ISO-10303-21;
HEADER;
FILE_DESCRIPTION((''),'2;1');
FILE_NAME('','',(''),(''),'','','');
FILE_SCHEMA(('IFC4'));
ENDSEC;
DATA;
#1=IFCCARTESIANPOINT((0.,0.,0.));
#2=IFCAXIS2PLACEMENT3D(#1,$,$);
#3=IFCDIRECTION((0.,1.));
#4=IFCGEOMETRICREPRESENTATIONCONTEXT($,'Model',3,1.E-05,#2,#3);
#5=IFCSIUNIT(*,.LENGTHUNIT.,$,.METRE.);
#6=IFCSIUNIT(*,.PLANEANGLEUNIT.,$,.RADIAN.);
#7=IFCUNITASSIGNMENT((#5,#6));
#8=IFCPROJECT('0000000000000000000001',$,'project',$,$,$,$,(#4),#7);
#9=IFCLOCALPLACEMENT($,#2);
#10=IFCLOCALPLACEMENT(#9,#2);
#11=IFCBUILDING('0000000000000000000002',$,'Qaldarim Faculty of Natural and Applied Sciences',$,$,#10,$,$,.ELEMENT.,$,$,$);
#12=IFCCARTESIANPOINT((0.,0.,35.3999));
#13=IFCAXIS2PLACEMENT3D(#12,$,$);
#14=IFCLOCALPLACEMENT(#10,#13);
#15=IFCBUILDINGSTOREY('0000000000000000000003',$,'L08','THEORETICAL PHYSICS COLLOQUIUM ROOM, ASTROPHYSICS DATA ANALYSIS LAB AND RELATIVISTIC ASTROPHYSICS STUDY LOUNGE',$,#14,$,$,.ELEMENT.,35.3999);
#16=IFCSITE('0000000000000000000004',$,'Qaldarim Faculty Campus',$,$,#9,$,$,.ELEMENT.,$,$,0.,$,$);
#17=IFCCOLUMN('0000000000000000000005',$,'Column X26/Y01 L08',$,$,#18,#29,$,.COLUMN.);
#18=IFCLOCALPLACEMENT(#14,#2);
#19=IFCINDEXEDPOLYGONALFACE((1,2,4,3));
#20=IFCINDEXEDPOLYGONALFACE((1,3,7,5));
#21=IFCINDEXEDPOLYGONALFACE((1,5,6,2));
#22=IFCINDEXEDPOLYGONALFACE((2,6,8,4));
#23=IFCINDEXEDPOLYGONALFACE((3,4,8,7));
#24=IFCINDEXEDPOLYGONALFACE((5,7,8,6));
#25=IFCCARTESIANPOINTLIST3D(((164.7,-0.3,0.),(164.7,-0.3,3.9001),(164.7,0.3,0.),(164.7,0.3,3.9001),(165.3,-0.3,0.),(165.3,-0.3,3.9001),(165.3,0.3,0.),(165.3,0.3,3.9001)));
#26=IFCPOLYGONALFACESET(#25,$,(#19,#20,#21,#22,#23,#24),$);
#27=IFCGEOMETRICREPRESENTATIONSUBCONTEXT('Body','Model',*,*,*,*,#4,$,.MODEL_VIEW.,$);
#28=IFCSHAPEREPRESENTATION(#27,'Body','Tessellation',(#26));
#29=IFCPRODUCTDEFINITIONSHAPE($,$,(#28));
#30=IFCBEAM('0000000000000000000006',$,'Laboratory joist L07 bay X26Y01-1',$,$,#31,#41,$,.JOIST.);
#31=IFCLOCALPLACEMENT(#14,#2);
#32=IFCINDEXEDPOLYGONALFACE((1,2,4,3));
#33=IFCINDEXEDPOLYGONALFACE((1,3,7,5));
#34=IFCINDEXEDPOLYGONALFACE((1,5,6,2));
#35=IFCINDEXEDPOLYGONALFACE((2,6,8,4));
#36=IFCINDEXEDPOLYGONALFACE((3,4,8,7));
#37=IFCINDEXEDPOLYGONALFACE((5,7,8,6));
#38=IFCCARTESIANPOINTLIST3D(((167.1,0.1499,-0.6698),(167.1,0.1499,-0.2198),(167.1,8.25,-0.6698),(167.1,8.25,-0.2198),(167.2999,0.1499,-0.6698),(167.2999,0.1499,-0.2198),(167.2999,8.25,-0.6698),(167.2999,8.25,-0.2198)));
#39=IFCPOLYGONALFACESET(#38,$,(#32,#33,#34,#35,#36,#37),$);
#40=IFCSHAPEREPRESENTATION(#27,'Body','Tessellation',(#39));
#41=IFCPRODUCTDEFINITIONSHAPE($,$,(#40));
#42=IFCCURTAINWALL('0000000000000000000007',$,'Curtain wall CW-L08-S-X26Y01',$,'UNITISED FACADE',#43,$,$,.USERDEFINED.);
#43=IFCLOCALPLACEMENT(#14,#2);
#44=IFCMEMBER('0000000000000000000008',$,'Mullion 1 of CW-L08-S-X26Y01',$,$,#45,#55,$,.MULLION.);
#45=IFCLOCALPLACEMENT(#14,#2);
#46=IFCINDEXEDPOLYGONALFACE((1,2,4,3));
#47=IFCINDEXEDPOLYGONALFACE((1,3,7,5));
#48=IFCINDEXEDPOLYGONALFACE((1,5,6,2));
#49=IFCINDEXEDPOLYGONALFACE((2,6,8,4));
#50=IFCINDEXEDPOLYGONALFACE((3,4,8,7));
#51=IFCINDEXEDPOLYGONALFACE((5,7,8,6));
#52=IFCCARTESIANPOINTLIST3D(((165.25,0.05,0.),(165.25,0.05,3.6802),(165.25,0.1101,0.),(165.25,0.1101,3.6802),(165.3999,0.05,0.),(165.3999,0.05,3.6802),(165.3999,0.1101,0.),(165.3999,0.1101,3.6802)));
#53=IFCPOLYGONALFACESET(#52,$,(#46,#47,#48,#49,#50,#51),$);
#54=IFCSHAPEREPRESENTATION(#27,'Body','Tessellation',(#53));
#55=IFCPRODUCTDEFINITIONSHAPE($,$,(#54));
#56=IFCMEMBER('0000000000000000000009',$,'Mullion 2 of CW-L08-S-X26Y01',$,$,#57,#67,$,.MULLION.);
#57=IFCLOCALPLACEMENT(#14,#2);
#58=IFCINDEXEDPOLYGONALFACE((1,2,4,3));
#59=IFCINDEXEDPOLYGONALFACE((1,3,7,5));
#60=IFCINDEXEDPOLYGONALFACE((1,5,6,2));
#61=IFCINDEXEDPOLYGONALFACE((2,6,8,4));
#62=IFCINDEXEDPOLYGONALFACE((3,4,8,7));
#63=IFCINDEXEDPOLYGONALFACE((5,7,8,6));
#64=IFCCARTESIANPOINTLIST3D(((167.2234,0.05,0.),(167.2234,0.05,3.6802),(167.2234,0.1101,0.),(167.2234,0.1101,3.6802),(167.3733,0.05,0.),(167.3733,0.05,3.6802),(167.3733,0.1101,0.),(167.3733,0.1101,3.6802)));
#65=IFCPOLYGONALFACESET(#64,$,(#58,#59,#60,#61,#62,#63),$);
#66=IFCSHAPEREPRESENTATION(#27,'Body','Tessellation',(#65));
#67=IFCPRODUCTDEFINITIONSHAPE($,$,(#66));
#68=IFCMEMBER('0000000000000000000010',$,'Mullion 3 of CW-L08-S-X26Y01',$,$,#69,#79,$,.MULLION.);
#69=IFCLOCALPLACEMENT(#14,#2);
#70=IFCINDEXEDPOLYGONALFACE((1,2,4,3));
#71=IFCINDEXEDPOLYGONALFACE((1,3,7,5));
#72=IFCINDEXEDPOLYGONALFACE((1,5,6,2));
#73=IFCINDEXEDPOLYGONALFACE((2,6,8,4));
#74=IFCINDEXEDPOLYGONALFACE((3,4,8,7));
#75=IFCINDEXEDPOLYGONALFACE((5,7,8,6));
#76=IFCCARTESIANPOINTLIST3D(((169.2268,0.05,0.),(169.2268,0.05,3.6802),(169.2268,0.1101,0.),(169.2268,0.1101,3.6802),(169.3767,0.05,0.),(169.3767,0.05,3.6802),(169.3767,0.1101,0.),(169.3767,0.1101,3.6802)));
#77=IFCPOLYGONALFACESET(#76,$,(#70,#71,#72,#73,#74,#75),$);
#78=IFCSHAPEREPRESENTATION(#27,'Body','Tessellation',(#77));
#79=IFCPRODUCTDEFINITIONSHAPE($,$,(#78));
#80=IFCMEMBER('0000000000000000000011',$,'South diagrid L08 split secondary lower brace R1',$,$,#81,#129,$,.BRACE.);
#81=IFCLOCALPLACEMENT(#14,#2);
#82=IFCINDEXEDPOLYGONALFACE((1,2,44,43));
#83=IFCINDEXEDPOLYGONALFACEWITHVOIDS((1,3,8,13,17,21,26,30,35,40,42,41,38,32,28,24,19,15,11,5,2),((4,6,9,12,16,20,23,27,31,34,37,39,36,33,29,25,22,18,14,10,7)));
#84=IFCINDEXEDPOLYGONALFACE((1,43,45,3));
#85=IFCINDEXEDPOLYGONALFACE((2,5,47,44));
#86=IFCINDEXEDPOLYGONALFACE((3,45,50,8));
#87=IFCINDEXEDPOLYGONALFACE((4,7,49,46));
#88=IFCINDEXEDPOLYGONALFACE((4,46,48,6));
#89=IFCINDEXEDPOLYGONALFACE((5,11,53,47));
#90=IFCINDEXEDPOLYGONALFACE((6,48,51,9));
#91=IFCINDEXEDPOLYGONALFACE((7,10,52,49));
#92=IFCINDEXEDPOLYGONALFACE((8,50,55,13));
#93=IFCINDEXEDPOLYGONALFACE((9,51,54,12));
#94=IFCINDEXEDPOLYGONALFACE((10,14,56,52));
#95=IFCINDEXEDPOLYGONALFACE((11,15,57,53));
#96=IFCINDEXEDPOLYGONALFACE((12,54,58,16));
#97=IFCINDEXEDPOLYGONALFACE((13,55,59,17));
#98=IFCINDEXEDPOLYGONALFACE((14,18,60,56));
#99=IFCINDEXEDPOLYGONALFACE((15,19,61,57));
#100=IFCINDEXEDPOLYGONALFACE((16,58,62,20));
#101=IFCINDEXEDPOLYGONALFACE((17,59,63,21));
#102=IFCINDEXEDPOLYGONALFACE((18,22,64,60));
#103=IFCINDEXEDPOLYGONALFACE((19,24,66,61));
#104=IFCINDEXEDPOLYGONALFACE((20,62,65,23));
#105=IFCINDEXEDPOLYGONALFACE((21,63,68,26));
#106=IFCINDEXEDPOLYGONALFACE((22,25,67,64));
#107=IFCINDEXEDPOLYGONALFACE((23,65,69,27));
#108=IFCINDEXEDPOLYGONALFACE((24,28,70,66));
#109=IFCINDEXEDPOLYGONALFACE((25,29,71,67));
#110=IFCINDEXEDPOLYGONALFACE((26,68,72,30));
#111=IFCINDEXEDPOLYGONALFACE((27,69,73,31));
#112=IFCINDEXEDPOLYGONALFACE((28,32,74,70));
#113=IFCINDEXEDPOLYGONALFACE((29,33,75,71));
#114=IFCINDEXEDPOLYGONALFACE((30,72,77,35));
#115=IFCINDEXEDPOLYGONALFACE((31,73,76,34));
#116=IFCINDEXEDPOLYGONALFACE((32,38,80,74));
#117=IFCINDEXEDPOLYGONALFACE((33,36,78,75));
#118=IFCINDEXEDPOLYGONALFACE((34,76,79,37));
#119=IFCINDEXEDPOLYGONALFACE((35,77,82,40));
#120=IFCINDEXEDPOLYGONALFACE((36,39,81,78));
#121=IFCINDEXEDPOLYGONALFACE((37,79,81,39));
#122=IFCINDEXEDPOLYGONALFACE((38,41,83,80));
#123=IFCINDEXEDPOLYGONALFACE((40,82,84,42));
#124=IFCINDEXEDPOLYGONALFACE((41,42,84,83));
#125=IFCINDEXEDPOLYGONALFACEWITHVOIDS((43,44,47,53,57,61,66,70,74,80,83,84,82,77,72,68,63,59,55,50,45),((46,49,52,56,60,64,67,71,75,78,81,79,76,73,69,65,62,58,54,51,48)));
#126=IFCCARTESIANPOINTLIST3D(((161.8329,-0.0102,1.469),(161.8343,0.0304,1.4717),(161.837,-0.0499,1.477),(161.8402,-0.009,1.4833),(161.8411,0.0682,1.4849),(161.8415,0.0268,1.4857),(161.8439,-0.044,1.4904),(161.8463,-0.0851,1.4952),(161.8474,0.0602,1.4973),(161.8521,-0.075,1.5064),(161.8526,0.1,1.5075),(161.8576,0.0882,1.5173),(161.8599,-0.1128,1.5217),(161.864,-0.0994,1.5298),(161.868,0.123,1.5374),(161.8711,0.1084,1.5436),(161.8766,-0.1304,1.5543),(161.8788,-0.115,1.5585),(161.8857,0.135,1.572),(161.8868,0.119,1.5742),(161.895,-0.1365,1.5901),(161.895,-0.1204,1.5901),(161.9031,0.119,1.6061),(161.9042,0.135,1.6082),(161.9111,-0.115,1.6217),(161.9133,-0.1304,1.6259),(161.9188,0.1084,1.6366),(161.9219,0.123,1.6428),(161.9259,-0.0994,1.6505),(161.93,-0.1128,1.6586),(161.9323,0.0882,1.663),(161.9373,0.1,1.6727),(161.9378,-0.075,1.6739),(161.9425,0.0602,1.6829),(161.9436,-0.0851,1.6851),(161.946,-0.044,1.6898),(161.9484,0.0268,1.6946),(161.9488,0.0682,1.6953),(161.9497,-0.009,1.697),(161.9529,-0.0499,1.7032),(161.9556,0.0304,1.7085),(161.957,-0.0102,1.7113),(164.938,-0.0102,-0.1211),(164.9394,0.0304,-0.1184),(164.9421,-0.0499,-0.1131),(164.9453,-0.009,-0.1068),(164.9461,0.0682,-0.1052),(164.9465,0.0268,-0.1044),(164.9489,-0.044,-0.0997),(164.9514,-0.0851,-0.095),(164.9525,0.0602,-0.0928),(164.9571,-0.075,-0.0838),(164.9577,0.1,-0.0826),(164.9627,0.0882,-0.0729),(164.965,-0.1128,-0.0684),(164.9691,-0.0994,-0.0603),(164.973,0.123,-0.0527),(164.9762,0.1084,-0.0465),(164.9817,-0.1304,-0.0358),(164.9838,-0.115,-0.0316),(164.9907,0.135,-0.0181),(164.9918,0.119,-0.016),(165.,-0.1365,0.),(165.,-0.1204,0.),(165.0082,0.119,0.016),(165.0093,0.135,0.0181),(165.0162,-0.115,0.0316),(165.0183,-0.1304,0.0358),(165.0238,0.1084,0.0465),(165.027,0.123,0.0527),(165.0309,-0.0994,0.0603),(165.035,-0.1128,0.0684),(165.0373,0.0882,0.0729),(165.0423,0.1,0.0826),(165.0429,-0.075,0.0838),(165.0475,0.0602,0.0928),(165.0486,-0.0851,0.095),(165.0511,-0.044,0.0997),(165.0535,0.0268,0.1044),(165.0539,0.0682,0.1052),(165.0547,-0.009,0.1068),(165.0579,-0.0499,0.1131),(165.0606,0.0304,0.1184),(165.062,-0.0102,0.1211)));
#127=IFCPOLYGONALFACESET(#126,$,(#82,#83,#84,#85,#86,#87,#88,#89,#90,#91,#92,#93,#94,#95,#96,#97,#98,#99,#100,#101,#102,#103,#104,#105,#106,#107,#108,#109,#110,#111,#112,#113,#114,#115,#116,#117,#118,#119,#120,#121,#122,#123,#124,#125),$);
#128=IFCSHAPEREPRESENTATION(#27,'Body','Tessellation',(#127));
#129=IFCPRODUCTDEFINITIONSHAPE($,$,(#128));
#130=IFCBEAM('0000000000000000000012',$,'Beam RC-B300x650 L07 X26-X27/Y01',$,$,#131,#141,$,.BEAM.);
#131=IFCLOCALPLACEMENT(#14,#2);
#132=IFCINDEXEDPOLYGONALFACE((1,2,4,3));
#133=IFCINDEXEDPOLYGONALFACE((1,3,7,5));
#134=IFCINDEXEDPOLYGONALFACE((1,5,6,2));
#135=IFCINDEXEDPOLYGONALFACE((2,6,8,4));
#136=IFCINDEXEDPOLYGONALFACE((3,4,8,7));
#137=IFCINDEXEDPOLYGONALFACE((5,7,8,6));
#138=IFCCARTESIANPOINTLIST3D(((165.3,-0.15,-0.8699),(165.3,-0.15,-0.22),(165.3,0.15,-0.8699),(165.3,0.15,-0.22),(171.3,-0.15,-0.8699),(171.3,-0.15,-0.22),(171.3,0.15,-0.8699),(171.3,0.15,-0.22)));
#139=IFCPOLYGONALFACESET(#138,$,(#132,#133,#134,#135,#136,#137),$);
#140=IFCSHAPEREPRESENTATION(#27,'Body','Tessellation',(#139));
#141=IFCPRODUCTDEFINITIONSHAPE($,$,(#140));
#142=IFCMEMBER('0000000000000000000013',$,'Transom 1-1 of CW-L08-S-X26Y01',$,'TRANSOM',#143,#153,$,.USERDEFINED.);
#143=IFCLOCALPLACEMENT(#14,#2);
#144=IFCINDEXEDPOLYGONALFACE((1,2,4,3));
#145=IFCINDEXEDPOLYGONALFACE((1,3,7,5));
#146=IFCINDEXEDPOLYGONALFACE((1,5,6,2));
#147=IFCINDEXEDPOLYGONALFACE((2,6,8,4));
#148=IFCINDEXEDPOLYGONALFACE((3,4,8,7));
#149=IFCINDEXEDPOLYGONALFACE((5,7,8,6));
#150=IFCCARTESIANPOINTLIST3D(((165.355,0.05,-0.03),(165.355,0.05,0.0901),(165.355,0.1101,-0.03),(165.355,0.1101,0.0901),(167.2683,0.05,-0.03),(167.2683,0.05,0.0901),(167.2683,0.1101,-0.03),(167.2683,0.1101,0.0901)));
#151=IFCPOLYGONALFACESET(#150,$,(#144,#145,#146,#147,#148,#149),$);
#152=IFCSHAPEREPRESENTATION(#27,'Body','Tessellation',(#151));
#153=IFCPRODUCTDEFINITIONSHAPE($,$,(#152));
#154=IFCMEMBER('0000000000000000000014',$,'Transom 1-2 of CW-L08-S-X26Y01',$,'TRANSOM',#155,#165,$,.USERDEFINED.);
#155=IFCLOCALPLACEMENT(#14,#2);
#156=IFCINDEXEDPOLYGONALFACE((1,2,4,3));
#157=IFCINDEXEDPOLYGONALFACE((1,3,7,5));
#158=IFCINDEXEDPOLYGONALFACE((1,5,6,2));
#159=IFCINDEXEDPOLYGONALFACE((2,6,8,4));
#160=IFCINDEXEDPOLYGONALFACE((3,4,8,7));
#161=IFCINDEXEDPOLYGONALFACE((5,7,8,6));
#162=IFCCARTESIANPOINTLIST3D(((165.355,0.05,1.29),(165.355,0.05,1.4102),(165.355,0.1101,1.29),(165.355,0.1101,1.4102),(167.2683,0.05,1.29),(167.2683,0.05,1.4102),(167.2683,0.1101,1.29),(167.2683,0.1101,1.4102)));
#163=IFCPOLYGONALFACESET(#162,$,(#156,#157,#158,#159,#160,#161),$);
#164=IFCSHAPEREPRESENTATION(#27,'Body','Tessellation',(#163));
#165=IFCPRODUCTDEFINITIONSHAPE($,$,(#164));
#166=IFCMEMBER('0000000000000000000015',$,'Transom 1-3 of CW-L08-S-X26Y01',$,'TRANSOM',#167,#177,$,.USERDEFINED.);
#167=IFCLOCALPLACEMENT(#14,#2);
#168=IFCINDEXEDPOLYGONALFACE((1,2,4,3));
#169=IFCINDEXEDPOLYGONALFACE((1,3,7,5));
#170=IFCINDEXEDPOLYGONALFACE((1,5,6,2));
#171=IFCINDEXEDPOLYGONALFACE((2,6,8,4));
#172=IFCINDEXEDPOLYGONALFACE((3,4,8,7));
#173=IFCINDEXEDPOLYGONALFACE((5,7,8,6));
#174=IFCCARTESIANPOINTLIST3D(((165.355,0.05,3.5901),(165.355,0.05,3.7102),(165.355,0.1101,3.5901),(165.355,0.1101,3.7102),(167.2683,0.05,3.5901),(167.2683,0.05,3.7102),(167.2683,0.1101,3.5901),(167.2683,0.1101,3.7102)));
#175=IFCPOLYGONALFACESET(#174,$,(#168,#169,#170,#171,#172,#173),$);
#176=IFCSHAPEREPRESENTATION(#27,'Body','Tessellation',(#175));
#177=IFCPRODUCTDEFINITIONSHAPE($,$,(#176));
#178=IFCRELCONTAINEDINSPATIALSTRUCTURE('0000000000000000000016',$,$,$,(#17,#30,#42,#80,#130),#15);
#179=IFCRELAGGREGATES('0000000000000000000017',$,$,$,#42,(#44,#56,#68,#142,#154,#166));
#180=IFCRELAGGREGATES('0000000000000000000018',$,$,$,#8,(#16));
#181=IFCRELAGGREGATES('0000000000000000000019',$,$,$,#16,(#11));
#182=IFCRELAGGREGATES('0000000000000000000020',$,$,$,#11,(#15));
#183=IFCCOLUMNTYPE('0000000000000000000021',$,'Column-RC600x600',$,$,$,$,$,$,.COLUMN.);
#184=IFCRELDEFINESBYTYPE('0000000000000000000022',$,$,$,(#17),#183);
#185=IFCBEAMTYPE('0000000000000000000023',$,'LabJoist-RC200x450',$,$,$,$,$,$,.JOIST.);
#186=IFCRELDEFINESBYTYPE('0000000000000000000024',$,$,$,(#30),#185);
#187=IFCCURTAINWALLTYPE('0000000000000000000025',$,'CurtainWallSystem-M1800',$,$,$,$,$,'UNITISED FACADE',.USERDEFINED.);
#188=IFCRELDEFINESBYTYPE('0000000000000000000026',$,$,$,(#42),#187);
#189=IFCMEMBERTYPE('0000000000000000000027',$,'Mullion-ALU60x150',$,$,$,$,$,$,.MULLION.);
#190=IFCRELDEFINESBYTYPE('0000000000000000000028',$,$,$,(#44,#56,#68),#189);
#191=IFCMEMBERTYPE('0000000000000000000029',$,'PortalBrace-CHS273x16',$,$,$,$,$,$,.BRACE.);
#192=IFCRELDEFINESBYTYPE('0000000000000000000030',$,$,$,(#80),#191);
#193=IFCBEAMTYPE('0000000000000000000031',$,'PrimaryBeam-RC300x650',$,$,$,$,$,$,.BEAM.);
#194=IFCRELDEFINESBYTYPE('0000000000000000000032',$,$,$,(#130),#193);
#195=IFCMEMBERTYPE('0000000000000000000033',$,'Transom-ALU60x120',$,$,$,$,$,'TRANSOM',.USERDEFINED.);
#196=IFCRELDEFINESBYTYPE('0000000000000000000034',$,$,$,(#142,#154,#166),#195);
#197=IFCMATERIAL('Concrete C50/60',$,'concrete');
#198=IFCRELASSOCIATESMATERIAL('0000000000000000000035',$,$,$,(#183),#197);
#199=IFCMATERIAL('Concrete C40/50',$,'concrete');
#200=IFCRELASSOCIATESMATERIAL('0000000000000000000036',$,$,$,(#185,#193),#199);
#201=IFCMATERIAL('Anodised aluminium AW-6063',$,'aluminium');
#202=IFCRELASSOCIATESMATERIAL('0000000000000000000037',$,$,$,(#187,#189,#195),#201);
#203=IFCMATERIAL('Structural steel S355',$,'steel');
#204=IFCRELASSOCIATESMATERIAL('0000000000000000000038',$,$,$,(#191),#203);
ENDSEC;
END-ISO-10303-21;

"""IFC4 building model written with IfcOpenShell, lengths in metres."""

from ifc_helpers import new_model, si_unit, direction, frame, origin, origin_2d, place, context, subcontext, project, spatial, rectangle, hollow_circle, extrude, material, material_profile, profile_set, type_object, element, aggregate, save


model = new_model("IFC4")

# Units and contexts
model_context = context("Model", 3, precision=1e-05, world=origin(), true_north=direction((0.0, 1.0)))
body_context = subcontext(model_context, "Body", "Model", "MODEL_VIEW")
ifc_project = project(units=[si_unit("LENGTHUNIT", "METRE"), si_unit("PLANEANGLEUNIT", "RADIAN")], contexts=[model_context])

# Site, building, storey
site_placement = place(None, origin())
site = spatial("IfcSite", under=ifc_project, at=site_placement, Name="Qaldarim Faculty Campus", CompositionType="ELEMENT", RefElevation=0.0)
building_placement = place(site_placement, origin())
building = spatial("IfcBuilding", under=site, at=building_placement, Name="Qaldarim Faculty of Natural and Applied Sciences", CompositionType="ELEMENT")
storey_placement = place(building_placement, frame((0.0, 0.0, 35.3999)))
storey = spatial("IfcBuildingStorey", under=building, at=storey_placement, Name="L08", Description="THEORETICAL PHYSICS COLLOQUIUM ROOM, ASTROPHYSICS DATA ANALYSIS LAB AND RELATIVISTIC ASTROPHYSICS STUDY LOUNGE", CompositionType="ELEMENT", Elevation=35.3999)

# Column
ifc_material_1 = material(Name="Concrete C50/60", Category="concrete")
ifc_material_profile_1 = material_profile(ifc_material_1, rectangle(XDim=0.6001, YDim=0.6001, at=origin_2d()), Name="RC-C600x600")
ifc_profile_set_1 = profile_set([ifc_material_profile_1], Name="Concrete C50/60")
column_type = type_object("IfcColumnType", Name="Column-RC600x600", PredefinedType="COLUMN", material=ifc_profile_set_1)
column_placement = place(storey_placement, frame((165.0, 0.0, 0.0), z_axis=(0.0, 0.0, 1.0), x_axis=(1.0, 0.0, 0.0)))
element("IfcColumn", 1, at=column_placement, inside=storey, type_object=column_type, Name="Column X26/Y01 L08", PredefinedType="COLUMN", context=body_context, shape_type="SweptSolid", body=[
    extrude(rectangle(XDim=0.6001, YDim=0.6001, at=origin_2d()), origin(), (0.0, 0.0, 1.0), 3.9001),
])

# Beam
ifc_material_2 = material(Name="Concrete C40/50", Category="concrete")
ifc_material_profile_2 = material_profile(ifc_material_2, rectangle(XDim=0.2, YDim=0.45, at=origin_2d()), Name="RC-J200x450")
ifc_profile_set_2 = profile_set([ifc_material_profile_2], Name="Concrete C40/50")
beam_type_1 = type_object("IfcBeamType", Name="LabJoist-RC200x450", PredefinedType="JOIST", material=ifc_profile_set_2)
beam_1_placement = place(storey_placement, frame((167.2, 0.1499, -0.4448), z_axis=(0.0, 1.0, 0.0), x_axis=(-1.0, 0.0, 0.0)))
element("IfcBeam", 2, at=beam_1_placement, inside=storey, type_object=beam_type_1, Name="Laboratory joist L07 bay X26Y01-1", PredefinedType="JOIST", context=body_context, shape_type="SweptSolid", body=[
    extrude(rectangle(XDim=0.2, YDim=0.45, at=origin_2d()), origin(), (0.0, 0.0, 1.0), 8.1001),
])

# Curtain wall, members
ifc_material_3 = material(Name="Anodised aluminium AW-6063", Category="aluminium")
curtain_wall_type = type_object("IfcCurtainWallType", Name="CurtainWallSystem-M1800", ElementType="UNITISED FACADE", PredefinedType="USERDEFINED", material=ifc_material_3)
curtain_wall_placement = place(storey_placement, origin())
curtain_wall = element("IfcCurtainWall", 3, at=curtain_wall_placement, inside=storey, type_object=curtain_wall_type, Name="Curtain wall CW-L08-S-X26Y01", ObjectType="UNITISED FACADE", PredefinedType="USERDEFINED")
ifc_material_profile_3 = material_profile(ifc_material_3, rectangle(XDim=0.0601, YDim=0.1499, at=origin_2d()), Name="ALU-M60x150")
ifc_profile_set_3 = profile_set([ifc_material_profile_3], Name="Anodised aluminium AW-6063")
member_type_1 = type_object("IfcMemberType", Name="Mullion-ALU60x150", PredefinedType="MULLION", material=ifc_profile_set_3)
member_1_placement = place(storey_placement, frame((165.325, 0.0801, 0.0), z_axis=(0.0, 0.0, 1.0), x_axis=(0.0, 1.0, 0.0)))
member_1 = element("IfcMember", 4, at=member_1_placement, type_object=member_type_1, Name="Mullion 1 of CW-L08-S-X26Y01", PredefinedType="MULLION", context=body_context, shape_type="SweptSolid", body=[
    extrude(rectangle(XDim=0.0601, YDim=0.1499, at=origin_2d()), origin(), (0.0, 0.0, 1.0), 3.6802),
])
member_2_placement = place(storey_placement, frame((167.2983, 0.0801, 0.0), z_axis=(0.0, 0.0, 1.0), x_axis=(0.0, 1.0, 0.0)))
member_2 = element("IfcMember", 5, at=member_2_placement, type_object=member_type_1, Name="Mullion 2 of CW-L08-S-X26Y01", PredefinedType="MULLION", context=body_context, shape_type="SweptSolid", body=[
    extrude(rectangle(XDim=0.0601, YDim=0.1499, at=origin_2d()), origin(), (0.0, 0.0, 1.0), 3.6802),
])
member_3_placement = place(storey_placement, frame((169.3018, 0.0801, 0.0), z_axis=(0.0, 0.0, 1.0), x_axis=(0.0, 1.0, 0.0)))
member_3 = element("IfcMember", 6, at=member_3_placement, type_object=member_type_1, Name="Mullion 3 of CW-L08-S-X26Y01", PredefinedType="MULLION", context=body_context, shape_type="SweptSolid", body=[
    extrude(rectangle(XDim=0.0601, YDim=0.1499, at=origin_2d()), origin(), (0.0, 0.0, 1.0), 3.6802),
])

# Member
ifc_material_4 = material(Name="Structural steel S355", Category="steel")
ifc_material_profile_4 = material_profile(ifc_material_4, hollow_circle(Radius=0.1365, WallThickness=0.0161, at=origin_2d()), Name="CHS 273.0x16.0")
ifc_profile_set_4 = profile_set([ifc_material_profile_4], Name="Structural steel S355")
member_type_2 = type_object("IfcMemberType", Name="PortalBrace-CHS273x16", PredefinedType="BRACE", material=ifc_profile_set_4)
member_4_placement = place(storey_placement, frame((165.0, 0.0, 0.0), z_axis=(-0.890075, 0.0, 0.455815), x_axis=(0.0, -1.0, 0.0)))
element("IfcMember", 7, at=member_4_placement, inside=storey, type_object=member_type_2, Name="South diagrid L08 split secondary lower brace R1", PredefinedType="BRACE", context=body_context, shape_type="SweptSolid", body=[
    extrude(hollow_circle(Radius=0.1365, WallThickness=0.0161, at=origin_2d()), origin(), (0.0, 0.0, 1.0), 3.4885),
])

# Beam
ifc_material_profile_5 = material_profile(ifc_material_2, rectangle(XDim=0.3, YDim=0.6499, at=origin_2d()), Name="RC-B300x650")
ifc_profile_set_5 = profile_set([ifc_material_profile_5], Name="Concrete C40/50")
beam_type_2 = type_object("IfcBeamType", Name="PrimaryBeam-RC300x650", PredefinedType="BEAM", material=ifc_profile_set_5)
beam_2_placement = place(storey_placement, frame((165.3, 0.0, -0.5449), z_axis=(1.0, 0.0, 0.0), x_axis=(0.0, 1.0, 0.0)))
element("IfcBeam", 8, at=beam_2_placement, inside=storey, type_object=beam_type_2, Name="Beam RC-B300x650 L07 X26-X27/Y01", PredefinedType="BEAM", context=body_context, shape_type="SweptSolid", body=[
    extrude(rectangle(XDim=0.3, YDim=0.6499, at=origin_2d()), origin(), (0.0, 0.0, 1.0), 6.0),
])

# Members
ifc_material_profile_6 = material_profile(ifc_material_3, rectangle(XDim=0.0601, YDim=0.1201, at=origin_2d()), Name="ALU-T60x120")
ifc_profile_set_6 = profile_set([ifc_material_profile_6], Name="Anodised aluminium AW-6063")
member_type_3 = type_object("IfcMemberType", Name="Transom-ALU60x120", ElementType="TRANSOM", PredefinedType="USERDEFINED", material=ifc_profile_set_6)
member_5_placement = place(storey_placement, frame((165.355, 0.0801, 0.03), z_axis=(1.0, 0.0, 0.0), x_axis=(0.0, 1.0, 0.0)))
member_5 = element("IfcMember", 9, at=member_5_placement, type_object=member_type_3, Name="Transom 1-1 of CW-L08-S-X26Y01", ObjectType="TRANSOM", PredefinedType="USERDEFINED", context=body_context, shape_type="SweptSolid", body=[
    extrude(rectangle(XDim=0.0601, YDim=0.1201, at=origin_2d()), origin(), (0.0, 0.0, 1.0), 1.9133),
])
member_6_placement = place(storey_placement, frame((165.355, 0.0801, 1.3501), z_axis=(1.0, 0.0, 0.0), x_axis=(0.0, 1.0, 0.0)))
member_6 = element("IfcMember", 10, at=member_6_placement, type_object=member_type_3, Name="Transom 1-2 of CW-L08-S-X26Y01", ObjectType="TRANSOM", PredefinedType="USERDEFINED", context=body_context, shape_type="SweptSolid", body=[
    extrude(rectangle(XDim=0.0601, YDim=0.1201, at=origin_2d()), origin(), (0.0, 0.0, 1.0), 1.9133),
])
member_7_placement = place(storey_placement, frame((165.355, 0.0801, 3.6501), z_axis=(1.0, 0.0, 0.0), x_axis=(0.0, 1.0, 0.0)))
member_7 = element("IfcMember", 11, at=member_7_placement, type_object=member_type_3, Name="Transom 1-3 of CW-L08-S-X26Y01", ObjectType="TRANSOM", PredefinedType="USERDEFINED", context=body_context, shape_type="SweptSolid", body=[
    extrude(rectangle(XDim=0.0601, YDim=0.1201, at=origin_2d()), origin(), (0.0, 0.0, 1.0), 1.9133),
])

aggregate(curtain_wall, [member_1, member_2, member_3, member_5, member_6, member_7])

save(model, "model.ifc")
